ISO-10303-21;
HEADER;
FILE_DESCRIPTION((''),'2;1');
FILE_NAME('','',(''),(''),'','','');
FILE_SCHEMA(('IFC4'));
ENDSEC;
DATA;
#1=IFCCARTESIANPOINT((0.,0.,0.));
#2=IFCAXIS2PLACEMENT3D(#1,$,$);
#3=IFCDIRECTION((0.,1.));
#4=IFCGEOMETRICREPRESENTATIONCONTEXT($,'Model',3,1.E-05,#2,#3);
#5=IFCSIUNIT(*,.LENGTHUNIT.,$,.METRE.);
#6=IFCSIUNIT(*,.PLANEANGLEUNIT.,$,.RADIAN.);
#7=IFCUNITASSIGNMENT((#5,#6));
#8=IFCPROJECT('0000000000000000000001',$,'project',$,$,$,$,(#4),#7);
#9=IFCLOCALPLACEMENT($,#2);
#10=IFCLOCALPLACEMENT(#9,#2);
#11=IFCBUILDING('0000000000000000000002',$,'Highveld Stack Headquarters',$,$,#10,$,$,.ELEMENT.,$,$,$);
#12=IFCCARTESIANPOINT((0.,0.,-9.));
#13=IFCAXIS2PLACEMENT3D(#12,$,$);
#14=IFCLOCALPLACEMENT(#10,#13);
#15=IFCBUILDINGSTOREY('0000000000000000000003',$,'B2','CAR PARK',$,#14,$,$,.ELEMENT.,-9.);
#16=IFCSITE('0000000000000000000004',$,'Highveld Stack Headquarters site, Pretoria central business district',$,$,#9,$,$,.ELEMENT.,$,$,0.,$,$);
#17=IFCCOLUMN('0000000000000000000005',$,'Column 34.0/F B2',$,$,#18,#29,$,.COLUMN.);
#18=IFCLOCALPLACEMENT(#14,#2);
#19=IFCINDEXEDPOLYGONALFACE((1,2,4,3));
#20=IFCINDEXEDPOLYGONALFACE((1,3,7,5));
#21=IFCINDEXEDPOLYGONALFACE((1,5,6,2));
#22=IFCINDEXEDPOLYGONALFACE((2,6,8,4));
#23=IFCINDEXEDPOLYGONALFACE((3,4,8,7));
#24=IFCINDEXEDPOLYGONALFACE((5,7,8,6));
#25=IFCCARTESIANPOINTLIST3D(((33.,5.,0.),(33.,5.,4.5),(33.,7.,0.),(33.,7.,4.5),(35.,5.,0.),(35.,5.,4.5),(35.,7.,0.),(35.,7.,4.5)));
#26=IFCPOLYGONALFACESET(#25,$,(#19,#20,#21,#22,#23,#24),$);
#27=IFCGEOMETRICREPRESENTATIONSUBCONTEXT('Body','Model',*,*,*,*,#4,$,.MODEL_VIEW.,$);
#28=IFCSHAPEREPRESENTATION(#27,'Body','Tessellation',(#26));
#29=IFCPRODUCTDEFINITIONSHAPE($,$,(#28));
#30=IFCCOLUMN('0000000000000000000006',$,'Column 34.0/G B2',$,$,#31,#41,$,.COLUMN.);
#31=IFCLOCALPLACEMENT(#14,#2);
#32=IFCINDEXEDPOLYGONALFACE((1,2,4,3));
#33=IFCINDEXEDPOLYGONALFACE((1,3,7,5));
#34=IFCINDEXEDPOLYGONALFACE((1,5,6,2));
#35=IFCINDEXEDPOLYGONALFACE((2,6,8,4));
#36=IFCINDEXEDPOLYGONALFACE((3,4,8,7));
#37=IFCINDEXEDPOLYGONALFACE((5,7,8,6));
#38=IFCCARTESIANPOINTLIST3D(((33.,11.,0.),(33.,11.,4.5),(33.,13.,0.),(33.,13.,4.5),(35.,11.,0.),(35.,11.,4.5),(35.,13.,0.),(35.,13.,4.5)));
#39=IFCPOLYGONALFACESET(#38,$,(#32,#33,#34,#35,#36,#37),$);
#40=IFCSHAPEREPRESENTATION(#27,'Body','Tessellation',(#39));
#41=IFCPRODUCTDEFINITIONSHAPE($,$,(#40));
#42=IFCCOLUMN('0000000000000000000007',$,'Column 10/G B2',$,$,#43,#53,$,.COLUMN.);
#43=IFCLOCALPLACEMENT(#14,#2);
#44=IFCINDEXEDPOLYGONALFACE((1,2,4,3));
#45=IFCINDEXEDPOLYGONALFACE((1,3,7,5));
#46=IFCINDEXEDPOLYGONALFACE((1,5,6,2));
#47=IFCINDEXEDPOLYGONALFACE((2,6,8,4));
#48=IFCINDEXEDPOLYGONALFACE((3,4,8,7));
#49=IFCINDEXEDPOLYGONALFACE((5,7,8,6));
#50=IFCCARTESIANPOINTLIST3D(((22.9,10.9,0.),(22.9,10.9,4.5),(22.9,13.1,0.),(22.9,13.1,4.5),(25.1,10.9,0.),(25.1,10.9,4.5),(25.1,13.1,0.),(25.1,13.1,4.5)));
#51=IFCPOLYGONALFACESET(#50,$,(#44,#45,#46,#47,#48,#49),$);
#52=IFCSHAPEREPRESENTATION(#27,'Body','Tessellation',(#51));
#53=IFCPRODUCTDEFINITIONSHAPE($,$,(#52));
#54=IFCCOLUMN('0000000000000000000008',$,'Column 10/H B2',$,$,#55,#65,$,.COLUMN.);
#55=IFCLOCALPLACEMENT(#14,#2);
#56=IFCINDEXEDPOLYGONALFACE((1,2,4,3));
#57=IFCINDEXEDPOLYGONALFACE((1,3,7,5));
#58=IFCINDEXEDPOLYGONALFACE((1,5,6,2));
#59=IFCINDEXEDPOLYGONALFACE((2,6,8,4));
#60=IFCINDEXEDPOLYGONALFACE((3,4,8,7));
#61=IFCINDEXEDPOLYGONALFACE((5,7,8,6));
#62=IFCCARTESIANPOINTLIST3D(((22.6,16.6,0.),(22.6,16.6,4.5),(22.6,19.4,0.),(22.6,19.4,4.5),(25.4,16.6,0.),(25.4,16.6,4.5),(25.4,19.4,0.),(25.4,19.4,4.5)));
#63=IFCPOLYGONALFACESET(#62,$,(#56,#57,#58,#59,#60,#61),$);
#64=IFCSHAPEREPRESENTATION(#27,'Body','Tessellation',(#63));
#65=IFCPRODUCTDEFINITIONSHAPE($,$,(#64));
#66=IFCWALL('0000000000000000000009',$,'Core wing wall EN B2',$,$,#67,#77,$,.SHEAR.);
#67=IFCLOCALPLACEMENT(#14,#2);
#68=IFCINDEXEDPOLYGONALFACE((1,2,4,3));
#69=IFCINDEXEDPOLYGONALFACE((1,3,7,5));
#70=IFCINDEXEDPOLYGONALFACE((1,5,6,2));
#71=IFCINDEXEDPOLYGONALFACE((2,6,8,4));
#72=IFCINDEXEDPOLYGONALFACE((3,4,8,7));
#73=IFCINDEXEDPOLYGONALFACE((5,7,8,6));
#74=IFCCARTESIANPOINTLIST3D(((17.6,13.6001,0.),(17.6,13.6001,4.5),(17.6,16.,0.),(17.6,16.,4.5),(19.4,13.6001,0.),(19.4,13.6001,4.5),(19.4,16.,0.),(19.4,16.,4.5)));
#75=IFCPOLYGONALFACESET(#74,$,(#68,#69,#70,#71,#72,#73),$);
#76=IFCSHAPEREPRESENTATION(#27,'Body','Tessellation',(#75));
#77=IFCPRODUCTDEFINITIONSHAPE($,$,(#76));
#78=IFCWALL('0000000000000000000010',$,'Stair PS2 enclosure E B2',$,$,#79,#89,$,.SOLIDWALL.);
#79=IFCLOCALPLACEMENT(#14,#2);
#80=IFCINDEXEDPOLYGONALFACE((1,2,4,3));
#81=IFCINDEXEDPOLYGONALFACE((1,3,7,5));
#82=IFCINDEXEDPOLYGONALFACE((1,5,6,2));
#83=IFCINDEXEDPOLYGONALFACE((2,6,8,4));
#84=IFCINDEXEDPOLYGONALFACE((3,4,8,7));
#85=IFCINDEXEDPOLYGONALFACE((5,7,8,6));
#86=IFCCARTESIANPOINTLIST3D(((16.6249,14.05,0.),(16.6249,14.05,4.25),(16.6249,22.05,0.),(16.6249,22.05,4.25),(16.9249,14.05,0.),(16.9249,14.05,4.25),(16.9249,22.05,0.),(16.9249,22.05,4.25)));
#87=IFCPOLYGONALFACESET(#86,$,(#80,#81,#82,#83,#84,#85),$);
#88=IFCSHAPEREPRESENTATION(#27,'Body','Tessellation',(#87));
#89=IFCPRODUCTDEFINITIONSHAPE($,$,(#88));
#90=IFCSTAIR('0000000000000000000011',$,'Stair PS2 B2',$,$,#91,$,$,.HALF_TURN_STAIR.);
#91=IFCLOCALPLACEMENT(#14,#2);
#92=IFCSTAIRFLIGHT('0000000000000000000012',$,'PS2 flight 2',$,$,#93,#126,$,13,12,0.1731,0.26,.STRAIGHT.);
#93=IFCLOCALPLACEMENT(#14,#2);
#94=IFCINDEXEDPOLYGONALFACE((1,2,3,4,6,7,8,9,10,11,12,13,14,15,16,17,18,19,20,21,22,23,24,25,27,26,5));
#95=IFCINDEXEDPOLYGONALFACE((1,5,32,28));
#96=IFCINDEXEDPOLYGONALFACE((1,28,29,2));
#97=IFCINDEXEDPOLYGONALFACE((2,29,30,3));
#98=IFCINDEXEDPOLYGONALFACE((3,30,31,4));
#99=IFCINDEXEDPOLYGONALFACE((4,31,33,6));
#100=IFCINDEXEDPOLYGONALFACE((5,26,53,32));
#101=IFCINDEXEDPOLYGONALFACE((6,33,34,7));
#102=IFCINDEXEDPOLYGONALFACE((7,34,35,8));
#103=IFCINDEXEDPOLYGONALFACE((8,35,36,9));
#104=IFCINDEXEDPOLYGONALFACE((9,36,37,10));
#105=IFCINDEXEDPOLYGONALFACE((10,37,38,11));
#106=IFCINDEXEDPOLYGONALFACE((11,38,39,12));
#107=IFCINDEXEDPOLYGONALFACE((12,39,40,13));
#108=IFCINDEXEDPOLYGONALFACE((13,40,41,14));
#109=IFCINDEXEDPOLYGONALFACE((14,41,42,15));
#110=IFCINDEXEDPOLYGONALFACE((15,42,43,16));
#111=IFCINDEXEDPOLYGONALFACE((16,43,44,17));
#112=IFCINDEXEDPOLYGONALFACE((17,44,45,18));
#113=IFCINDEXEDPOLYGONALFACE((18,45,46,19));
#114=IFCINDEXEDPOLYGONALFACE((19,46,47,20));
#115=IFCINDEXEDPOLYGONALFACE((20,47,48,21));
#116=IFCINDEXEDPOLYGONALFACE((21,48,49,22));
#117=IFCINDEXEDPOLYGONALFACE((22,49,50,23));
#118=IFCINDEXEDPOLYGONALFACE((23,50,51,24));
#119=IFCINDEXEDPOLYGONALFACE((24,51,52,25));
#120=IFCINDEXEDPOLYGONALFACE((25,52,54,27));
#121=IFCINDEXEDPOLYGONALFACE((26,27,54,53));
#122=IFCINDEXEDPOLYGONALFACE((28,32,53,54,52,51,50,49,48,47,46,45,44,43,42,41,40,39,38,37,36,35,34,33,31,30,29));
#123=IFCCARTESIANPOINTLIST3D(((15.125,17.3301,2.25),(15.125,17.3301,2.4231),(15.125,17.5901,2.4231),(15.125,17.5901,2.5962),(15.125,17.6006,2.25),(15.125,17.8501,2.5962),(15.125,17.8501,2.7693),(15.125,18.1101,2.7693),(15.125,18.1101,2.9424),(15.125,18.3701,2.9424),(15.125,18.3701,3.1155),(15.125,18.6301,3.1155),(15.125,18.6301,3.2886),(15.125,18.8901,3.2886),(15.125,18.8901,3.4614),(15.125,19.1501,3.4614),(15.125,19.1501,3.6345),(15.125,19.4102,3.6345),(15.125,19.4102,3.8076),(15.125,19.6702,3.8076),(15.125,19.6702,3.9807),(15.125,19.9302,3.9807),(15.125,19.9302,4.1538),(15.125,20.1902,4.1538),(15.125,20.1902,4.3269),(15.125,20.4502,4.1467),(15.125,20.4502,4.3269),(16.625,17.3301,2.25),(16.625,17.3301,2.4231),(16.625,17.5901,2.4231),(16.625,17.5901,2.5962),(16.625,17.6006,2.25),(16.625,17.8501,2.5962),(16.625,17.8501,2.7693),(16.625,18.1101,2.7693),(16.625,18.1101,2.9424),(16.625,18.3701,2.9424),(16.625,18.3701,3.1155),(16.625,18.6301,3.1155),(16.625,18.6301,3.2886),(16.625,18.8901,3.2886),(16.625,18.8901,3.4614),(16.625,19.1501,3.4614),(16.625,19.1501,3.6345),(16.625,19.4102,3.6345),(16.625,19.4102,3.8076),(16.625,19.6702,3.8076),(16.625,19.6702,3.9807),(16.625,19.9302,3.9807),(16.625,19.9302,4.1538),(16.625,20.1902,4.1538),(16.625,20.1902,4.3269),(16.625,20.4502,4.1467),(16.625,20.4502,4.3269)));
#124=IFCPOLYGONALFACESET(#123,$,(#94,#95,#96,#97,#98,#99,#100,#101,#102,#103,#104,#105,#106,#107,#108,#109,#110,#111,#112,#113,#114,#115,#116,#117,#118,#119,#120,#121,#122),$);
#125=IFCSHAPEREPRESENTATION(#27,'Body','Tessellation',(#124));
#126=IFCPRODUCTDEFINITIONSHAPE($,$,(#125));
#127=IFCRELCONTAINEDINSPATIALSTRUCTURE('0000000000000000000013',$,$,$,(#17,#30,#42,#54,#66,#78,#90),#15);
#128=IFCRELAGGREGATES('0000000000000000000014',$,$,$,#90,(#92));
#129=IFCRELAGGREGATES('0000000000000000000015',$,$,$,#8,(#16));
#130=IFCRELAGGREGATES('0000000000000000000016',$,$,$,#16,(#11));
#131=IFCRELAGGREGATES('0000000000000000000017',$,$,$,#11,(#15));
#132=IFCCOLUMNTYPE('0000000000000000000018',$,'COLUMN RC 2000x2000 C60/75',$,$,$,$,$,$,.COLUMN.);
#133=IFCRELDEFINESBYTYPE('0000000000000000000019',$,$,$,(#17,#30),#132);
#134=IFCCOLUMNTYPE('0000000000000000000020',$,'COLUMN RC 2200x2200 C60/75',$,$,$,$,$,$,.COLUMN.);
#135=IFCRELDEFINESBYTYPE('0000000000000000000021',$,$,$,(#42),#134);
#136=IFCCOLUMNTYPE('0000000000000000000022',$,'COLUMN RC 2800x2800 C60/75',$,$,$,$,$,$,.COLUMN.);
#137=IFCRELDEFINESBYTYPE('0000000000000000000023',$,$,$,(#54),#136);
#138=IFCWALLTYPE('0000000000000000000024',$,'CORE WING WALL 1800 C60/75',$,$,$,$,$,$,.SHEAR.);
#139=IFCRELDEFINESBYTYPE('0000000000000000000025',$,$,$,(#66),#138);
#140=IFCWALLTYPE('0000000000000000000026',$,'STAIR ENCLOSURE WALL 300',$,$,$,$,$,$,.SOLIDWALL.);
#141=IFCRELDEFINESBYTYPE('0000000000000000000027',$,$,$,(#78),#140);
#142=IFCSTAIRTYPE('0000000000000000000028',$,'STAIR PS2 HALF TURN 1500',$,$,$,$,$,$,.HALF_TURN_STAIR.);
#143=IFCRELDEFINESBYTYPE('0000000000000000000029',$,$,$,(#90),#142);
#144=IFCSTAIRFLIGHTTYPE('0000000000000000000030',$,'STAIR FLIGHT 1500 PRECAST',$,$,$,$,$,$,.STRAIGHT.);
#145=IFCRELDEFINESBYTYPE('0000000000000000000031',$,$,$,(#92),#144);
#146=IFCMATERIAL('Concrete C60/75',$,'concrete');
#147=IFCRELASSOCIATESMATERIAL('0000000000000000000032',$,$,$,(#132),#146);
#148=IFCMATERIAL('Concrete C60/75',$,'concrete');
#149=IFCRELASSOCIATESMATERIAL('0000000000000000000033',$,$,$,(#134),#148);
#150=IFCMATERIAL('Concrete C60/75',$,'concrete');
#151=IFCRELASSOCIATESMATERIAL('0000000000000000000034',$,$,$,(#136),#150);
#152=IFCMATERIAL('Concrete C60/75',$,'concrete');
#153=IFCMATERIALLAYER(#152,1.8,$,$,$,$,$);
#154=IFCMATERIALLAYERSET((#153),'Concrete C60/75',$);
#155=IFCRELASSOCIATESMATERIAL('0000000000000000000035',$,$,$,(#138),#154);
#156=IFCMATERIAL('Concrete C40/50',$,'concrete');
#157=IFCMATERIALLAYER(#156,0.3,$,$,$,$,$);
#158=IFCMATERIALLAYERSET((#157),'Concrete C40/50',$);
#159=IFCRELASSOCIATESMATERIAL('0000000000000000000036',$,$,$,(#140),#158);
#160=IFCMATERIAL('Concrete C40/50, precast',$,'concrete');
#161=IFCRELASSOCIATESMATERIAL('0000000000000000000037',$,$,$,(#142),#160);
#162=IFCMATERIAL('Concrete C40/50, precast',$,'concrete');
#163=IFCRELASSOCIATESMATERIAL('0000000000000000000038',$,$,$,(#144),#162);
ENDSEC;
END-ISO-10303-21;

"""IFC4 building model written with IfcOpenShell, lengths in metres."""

from ifc_helpers import new_model, si_unit, direction, frame, frame_2d, origin, origin_2d, place, context, subcontext, project, spatial, polyline, rectangle, outline, extrude, material, layer, layer_set, material_profile, profile_set, type_object, element, aggregate, save


model = new_model("IFC4")

# Units and contexts
model_context = context("Model", 3, precision=1e-05, world=origin(), true_north=direction((0.0, 1.0)))
body_context = subcontext(model_context, "Body", "Model", "MODEL_VIEW")
ifc_project = project(units=[si_unit("LENGTHUNIT", "METRE"), si_unit("PLANEANGLEUNIT", "RADIAN")], contexts=[model_context])

# Site, building, storey
site_placement = place(None, origin())
site = spatial("IfcSite", under=ifc_project, at=site_placement, Name="Highveld Stack Headquarters site, Pretoria central business district", CompositionType="ELEMENT", RefElevation=0.0)
building_placement = place(site_placement, origin())
building = spatial("IfcBuilding", under=site, at=building_placement, Name="Highveld Stack Headquarters", CompositionType="ELEMENT")
storey_placement = place(building_placement, frame((0.0, 0.0, -9.0)))
storey = spatial("IfcBuildingStorey", under=building, at=storey_placement, Name="B2", Description="CAR PARK", CompositionType="ELEMENT", Elevation=-9.0)

# Columns
ifc_material_1 = material(Name="Concrete C60/75", Category="concrete")
ifc_material_profile_1 = material_profile(ifc_material_1, rectangle(XDim=2.0, YDim=2.0, at=origin_2d()), Name="RC 2000x2000")
ifc_profile_set_1 = profile_set([ifc_material_profile_1], Name="Concrete C60/75")
column_type_1 = type_object("IfcColumnType", Name="COLUMN RC 2000x2000 C60/75", PredefinedType="COLUMN", material=ifc_profile_set_1)
for number, where, z_axis, x_axis, name in (
    (1, (34.0, 6.0, 0.0), (0.0, 0.0, 1.0), (1.0, 0.0, 0.0), "Column 34.0/F B2"),
    (2, (34.0, 12.0, 0.0), (0.0, 0.0, 1.0), (1.0, 0.0, 0.0), "Column 34.0/G B2"),
):
    element("IfcColumn", number, at=place(storey_placement, frame(where, z_axis=z_axis, x_axis=x_axis)), inside=storey, type_object=column_type_1, Name=name, PredefinedType="COLUMN", context=body_context, shape_type="SweptSolid", body=[
        extrude(rectangle(XDim=2.0, YDim=2.0, at=origin_2d()), origin(), (0.0, 0.0, 1.0), 4.5),
    ])
ifc_material_2 = material(Name="Concrete C60/75", Category="concrete")
ifc_material_profile_2 = material_profile(ifc_material_2, rectangle(XDim=2.2, YDim=2.2, at=origin_2d()), Name="RC 2200x2200")
ifc_profile_set_2 = profile_set([ifc_material_profile_2], Name="Concrete C60/75")
column_type_2 = type_object("IfcColumnType", Name="COLUMN RC 2200x2200 C60/75", PredefinedType="COLUMN", material=ifc_profile_set_2)
column_1_placement = place(storey_placement, frame((24.0, 12.0, 0.0), z_axis=(0.0, 0.0, 1.0), x_axis=(1.0, 0.0, 0.0)))
element("IfcColumn", 3, at=column_1_placement, inside=storey, type_object=column_type_2, Name="Column 10/G B2", PredefinedType="COLUMN", context=body_context, shape_type="SweptSolid", body=[
    extrude(rectangle(XDim=2.2, YDim=2.2, at=origin_2d()), origin(), (0.0, 0.0, 1.0), 4.5),
])
ifc_material_3 = material(Name="Concrete C60/75", Category="concrete")
ifc_material_profile_3 = material_profile(ifc_material_3, rectangle(XDim=2.8, YDim=2.8, at=origin_2d()), Name="RC 2800x2800")
ifc_profile_set_3 = profile_set([ifc_material_profile_3], Name="Concrete C60/75")
column_type_3 = type_object("IfcColumnType", Name="COLUMN RC 2800x2800 C60/75", PredefinedType="COLUMN", material=ifc_profile_set_3)
column_2_placement = place(storey_placement, frame((24.0, 18.0, 0.0), z_axis=(0.0, 0.0, 1.0), x_axis=(1.0, 0.0, 0.0)))
element("IfcColumn", 4, at=column_2_placement, inside=storey, type_object=column_type_3, Name="Column 10/H B2", PredefinedType="COLUMN", context=body_context, shape_type="SweptSolid", body=[
    extrude(rectangle(XDim=2.8, YDim=2.8, at=origin_2d()), origin(), (0.0, 0.0, 1.0), 4.5),
])

# Walls
ifc_material_4 = material(Name="Concrete C60/75", Category="concrete")
ifc_layer_1 = layer(ifc_material_4, 1.8)
ifc_layer_set_1 = layer_set([ifc_layer_1], Name="Concrete C60/75")
wall_type_1 = type_object("IfcWallType", Name="CORE WING WALL 1800 C60/75", PredefinedType="SHEAR", material=ifc_layer_set_1)
wall_1_placement = place(storey_placement, frame((18.5, 13.6001, 0.0), z_axis=(0.0, 0.0, 1.0), x_axis=(0.0, 1.0, 0.0)))
element("IfcWall", 5, at=wall_1_placement, inside=storey, type_object=wall_type_1, Name="Core wing wall EN B2", PredefinedType="SHEAR", context=body_context, shape_type="SweptSolid", body=[
    extrude(rectangle(XDim=2.3999, YDim=1.8, at=frame_2d((1.2, 0.0))), origin(), (0.0, 0.0, 1.0), 4.5),
])
ifc_material_5 = material(Name="Concrete C40/50", Category="concrete")
ifc_layer_2 = layer(ifc_material_5, 0.3)
ifc_layer_set_2 = layer_set([ifc_layer_2], Name="Concrete C40/50")
wall_type_2 = type_object("IfcWallType", Name="STAIR ENCLOSURE WALL 300", PredefinedType="SOLIDWALL", material=ifc_layer_set_2)
wall_2_placement = place(storey_placement, frame((16.7749, 14.05, 0.0), z_axis=(0.0, 0.0, 1.0), x_axis=(0.0, 1.0, 0.0)))
element("IfcWall", 6, at=wall_2_placement, inside=storey, type_object=wall_type_2, Name="Stair PS2 enclosure E B2", PredefinedType="SOLIDWALL", context=body_context, shape_type="SweptSolid", body=[
    extrude(rectangle(XDim=8.0, YDim=0.3, at=frame_2d((4.0, 0.0))), origin(), (0.0, 0.0, 1.0), 4.25),
])

# Stair, stair flight
ifc_material_6 = material(Name="Concrete C40/50, precast", Category="concrete")
stair_type = type_object("IfcStairType", Name="STAIR PS2 HALF TURN 1500", PredefinedType="HALF_TURN_STAIR", material=ifc_material_6)
stair_placement = place(storey_placement, origin())
stair = element("IfcStair", 7, at=stair_placement, inside=storey, type_object=stair_type, Name="Stair PS2 B2", PredefinedType="HALF_TURN_STAIR")
ifc_material_7 = material(Name="Concrete C40/50, precast", Category="concrete")
stair_flight_type = type_object("IfcStairFlightType", Name="STAIR FLIGHT 1500 PRECAST", PredefinedType="STRAIGHT", material=ifc_material_7)
stair_flight_placement = place(storey_placement, frame((15.875, 17.3301, 2.25), z_axis=(0.0, 0.0, 1.0), x_axis=(0.0, 1.0, 0.0)))
stair_flight = element("IfcStairFlight", 8, at=stair_flight_placement, type_object=stair_flight_type, Name="PS2 flight 2", NumberOfRisers=13, NumberOfTreads=12, PredefinedType="STRAIGHT", RiserHeight=0.1731, TreadLength=0.26, context=body_context, shape_type="SweptSolid", body=[
    extrude(outline(polyline([(0.0, 0.0), (0.0, 0.1731), (0.26, 0.1731), (0.26, 0.3462), (0.52, 0.3462), (0.52, 0.5193), (0.78, 0.5193), (0.78, 0.6924), (1.04, 0.6924), (1.04, 0.8655), (1.3, 0.8655), (1.3, 1.0386), (1.5601, 1.0386), (1.5601, 1.2114), (1.8201, 1.2114), (1.8201, 1.3845), (2.0801, 1.3845), (2.0801, 1.5576), (2.3401, 1.5576), (2.3401, 1.7307), (2.6001, 1.7307), (2.6001, 1.9038), (2.8601, 1.9038), (2.8601, 2.0769), (3.1201, 2.0769), (3.1201, 2.25), (3.1201, 1.8967), (0.2705, 0.0), (0.0, 0.0)])), frame((0.0, 0.75, 0.0), z_axis=(0.0, -1.0, 0.0), x_axis=(1.0, 0.0, 0.0)), (0.0, 0.0, 1.0), 1.5),
])
aggregate(stair, [stair_flight])

save(model, "model.ifc")
